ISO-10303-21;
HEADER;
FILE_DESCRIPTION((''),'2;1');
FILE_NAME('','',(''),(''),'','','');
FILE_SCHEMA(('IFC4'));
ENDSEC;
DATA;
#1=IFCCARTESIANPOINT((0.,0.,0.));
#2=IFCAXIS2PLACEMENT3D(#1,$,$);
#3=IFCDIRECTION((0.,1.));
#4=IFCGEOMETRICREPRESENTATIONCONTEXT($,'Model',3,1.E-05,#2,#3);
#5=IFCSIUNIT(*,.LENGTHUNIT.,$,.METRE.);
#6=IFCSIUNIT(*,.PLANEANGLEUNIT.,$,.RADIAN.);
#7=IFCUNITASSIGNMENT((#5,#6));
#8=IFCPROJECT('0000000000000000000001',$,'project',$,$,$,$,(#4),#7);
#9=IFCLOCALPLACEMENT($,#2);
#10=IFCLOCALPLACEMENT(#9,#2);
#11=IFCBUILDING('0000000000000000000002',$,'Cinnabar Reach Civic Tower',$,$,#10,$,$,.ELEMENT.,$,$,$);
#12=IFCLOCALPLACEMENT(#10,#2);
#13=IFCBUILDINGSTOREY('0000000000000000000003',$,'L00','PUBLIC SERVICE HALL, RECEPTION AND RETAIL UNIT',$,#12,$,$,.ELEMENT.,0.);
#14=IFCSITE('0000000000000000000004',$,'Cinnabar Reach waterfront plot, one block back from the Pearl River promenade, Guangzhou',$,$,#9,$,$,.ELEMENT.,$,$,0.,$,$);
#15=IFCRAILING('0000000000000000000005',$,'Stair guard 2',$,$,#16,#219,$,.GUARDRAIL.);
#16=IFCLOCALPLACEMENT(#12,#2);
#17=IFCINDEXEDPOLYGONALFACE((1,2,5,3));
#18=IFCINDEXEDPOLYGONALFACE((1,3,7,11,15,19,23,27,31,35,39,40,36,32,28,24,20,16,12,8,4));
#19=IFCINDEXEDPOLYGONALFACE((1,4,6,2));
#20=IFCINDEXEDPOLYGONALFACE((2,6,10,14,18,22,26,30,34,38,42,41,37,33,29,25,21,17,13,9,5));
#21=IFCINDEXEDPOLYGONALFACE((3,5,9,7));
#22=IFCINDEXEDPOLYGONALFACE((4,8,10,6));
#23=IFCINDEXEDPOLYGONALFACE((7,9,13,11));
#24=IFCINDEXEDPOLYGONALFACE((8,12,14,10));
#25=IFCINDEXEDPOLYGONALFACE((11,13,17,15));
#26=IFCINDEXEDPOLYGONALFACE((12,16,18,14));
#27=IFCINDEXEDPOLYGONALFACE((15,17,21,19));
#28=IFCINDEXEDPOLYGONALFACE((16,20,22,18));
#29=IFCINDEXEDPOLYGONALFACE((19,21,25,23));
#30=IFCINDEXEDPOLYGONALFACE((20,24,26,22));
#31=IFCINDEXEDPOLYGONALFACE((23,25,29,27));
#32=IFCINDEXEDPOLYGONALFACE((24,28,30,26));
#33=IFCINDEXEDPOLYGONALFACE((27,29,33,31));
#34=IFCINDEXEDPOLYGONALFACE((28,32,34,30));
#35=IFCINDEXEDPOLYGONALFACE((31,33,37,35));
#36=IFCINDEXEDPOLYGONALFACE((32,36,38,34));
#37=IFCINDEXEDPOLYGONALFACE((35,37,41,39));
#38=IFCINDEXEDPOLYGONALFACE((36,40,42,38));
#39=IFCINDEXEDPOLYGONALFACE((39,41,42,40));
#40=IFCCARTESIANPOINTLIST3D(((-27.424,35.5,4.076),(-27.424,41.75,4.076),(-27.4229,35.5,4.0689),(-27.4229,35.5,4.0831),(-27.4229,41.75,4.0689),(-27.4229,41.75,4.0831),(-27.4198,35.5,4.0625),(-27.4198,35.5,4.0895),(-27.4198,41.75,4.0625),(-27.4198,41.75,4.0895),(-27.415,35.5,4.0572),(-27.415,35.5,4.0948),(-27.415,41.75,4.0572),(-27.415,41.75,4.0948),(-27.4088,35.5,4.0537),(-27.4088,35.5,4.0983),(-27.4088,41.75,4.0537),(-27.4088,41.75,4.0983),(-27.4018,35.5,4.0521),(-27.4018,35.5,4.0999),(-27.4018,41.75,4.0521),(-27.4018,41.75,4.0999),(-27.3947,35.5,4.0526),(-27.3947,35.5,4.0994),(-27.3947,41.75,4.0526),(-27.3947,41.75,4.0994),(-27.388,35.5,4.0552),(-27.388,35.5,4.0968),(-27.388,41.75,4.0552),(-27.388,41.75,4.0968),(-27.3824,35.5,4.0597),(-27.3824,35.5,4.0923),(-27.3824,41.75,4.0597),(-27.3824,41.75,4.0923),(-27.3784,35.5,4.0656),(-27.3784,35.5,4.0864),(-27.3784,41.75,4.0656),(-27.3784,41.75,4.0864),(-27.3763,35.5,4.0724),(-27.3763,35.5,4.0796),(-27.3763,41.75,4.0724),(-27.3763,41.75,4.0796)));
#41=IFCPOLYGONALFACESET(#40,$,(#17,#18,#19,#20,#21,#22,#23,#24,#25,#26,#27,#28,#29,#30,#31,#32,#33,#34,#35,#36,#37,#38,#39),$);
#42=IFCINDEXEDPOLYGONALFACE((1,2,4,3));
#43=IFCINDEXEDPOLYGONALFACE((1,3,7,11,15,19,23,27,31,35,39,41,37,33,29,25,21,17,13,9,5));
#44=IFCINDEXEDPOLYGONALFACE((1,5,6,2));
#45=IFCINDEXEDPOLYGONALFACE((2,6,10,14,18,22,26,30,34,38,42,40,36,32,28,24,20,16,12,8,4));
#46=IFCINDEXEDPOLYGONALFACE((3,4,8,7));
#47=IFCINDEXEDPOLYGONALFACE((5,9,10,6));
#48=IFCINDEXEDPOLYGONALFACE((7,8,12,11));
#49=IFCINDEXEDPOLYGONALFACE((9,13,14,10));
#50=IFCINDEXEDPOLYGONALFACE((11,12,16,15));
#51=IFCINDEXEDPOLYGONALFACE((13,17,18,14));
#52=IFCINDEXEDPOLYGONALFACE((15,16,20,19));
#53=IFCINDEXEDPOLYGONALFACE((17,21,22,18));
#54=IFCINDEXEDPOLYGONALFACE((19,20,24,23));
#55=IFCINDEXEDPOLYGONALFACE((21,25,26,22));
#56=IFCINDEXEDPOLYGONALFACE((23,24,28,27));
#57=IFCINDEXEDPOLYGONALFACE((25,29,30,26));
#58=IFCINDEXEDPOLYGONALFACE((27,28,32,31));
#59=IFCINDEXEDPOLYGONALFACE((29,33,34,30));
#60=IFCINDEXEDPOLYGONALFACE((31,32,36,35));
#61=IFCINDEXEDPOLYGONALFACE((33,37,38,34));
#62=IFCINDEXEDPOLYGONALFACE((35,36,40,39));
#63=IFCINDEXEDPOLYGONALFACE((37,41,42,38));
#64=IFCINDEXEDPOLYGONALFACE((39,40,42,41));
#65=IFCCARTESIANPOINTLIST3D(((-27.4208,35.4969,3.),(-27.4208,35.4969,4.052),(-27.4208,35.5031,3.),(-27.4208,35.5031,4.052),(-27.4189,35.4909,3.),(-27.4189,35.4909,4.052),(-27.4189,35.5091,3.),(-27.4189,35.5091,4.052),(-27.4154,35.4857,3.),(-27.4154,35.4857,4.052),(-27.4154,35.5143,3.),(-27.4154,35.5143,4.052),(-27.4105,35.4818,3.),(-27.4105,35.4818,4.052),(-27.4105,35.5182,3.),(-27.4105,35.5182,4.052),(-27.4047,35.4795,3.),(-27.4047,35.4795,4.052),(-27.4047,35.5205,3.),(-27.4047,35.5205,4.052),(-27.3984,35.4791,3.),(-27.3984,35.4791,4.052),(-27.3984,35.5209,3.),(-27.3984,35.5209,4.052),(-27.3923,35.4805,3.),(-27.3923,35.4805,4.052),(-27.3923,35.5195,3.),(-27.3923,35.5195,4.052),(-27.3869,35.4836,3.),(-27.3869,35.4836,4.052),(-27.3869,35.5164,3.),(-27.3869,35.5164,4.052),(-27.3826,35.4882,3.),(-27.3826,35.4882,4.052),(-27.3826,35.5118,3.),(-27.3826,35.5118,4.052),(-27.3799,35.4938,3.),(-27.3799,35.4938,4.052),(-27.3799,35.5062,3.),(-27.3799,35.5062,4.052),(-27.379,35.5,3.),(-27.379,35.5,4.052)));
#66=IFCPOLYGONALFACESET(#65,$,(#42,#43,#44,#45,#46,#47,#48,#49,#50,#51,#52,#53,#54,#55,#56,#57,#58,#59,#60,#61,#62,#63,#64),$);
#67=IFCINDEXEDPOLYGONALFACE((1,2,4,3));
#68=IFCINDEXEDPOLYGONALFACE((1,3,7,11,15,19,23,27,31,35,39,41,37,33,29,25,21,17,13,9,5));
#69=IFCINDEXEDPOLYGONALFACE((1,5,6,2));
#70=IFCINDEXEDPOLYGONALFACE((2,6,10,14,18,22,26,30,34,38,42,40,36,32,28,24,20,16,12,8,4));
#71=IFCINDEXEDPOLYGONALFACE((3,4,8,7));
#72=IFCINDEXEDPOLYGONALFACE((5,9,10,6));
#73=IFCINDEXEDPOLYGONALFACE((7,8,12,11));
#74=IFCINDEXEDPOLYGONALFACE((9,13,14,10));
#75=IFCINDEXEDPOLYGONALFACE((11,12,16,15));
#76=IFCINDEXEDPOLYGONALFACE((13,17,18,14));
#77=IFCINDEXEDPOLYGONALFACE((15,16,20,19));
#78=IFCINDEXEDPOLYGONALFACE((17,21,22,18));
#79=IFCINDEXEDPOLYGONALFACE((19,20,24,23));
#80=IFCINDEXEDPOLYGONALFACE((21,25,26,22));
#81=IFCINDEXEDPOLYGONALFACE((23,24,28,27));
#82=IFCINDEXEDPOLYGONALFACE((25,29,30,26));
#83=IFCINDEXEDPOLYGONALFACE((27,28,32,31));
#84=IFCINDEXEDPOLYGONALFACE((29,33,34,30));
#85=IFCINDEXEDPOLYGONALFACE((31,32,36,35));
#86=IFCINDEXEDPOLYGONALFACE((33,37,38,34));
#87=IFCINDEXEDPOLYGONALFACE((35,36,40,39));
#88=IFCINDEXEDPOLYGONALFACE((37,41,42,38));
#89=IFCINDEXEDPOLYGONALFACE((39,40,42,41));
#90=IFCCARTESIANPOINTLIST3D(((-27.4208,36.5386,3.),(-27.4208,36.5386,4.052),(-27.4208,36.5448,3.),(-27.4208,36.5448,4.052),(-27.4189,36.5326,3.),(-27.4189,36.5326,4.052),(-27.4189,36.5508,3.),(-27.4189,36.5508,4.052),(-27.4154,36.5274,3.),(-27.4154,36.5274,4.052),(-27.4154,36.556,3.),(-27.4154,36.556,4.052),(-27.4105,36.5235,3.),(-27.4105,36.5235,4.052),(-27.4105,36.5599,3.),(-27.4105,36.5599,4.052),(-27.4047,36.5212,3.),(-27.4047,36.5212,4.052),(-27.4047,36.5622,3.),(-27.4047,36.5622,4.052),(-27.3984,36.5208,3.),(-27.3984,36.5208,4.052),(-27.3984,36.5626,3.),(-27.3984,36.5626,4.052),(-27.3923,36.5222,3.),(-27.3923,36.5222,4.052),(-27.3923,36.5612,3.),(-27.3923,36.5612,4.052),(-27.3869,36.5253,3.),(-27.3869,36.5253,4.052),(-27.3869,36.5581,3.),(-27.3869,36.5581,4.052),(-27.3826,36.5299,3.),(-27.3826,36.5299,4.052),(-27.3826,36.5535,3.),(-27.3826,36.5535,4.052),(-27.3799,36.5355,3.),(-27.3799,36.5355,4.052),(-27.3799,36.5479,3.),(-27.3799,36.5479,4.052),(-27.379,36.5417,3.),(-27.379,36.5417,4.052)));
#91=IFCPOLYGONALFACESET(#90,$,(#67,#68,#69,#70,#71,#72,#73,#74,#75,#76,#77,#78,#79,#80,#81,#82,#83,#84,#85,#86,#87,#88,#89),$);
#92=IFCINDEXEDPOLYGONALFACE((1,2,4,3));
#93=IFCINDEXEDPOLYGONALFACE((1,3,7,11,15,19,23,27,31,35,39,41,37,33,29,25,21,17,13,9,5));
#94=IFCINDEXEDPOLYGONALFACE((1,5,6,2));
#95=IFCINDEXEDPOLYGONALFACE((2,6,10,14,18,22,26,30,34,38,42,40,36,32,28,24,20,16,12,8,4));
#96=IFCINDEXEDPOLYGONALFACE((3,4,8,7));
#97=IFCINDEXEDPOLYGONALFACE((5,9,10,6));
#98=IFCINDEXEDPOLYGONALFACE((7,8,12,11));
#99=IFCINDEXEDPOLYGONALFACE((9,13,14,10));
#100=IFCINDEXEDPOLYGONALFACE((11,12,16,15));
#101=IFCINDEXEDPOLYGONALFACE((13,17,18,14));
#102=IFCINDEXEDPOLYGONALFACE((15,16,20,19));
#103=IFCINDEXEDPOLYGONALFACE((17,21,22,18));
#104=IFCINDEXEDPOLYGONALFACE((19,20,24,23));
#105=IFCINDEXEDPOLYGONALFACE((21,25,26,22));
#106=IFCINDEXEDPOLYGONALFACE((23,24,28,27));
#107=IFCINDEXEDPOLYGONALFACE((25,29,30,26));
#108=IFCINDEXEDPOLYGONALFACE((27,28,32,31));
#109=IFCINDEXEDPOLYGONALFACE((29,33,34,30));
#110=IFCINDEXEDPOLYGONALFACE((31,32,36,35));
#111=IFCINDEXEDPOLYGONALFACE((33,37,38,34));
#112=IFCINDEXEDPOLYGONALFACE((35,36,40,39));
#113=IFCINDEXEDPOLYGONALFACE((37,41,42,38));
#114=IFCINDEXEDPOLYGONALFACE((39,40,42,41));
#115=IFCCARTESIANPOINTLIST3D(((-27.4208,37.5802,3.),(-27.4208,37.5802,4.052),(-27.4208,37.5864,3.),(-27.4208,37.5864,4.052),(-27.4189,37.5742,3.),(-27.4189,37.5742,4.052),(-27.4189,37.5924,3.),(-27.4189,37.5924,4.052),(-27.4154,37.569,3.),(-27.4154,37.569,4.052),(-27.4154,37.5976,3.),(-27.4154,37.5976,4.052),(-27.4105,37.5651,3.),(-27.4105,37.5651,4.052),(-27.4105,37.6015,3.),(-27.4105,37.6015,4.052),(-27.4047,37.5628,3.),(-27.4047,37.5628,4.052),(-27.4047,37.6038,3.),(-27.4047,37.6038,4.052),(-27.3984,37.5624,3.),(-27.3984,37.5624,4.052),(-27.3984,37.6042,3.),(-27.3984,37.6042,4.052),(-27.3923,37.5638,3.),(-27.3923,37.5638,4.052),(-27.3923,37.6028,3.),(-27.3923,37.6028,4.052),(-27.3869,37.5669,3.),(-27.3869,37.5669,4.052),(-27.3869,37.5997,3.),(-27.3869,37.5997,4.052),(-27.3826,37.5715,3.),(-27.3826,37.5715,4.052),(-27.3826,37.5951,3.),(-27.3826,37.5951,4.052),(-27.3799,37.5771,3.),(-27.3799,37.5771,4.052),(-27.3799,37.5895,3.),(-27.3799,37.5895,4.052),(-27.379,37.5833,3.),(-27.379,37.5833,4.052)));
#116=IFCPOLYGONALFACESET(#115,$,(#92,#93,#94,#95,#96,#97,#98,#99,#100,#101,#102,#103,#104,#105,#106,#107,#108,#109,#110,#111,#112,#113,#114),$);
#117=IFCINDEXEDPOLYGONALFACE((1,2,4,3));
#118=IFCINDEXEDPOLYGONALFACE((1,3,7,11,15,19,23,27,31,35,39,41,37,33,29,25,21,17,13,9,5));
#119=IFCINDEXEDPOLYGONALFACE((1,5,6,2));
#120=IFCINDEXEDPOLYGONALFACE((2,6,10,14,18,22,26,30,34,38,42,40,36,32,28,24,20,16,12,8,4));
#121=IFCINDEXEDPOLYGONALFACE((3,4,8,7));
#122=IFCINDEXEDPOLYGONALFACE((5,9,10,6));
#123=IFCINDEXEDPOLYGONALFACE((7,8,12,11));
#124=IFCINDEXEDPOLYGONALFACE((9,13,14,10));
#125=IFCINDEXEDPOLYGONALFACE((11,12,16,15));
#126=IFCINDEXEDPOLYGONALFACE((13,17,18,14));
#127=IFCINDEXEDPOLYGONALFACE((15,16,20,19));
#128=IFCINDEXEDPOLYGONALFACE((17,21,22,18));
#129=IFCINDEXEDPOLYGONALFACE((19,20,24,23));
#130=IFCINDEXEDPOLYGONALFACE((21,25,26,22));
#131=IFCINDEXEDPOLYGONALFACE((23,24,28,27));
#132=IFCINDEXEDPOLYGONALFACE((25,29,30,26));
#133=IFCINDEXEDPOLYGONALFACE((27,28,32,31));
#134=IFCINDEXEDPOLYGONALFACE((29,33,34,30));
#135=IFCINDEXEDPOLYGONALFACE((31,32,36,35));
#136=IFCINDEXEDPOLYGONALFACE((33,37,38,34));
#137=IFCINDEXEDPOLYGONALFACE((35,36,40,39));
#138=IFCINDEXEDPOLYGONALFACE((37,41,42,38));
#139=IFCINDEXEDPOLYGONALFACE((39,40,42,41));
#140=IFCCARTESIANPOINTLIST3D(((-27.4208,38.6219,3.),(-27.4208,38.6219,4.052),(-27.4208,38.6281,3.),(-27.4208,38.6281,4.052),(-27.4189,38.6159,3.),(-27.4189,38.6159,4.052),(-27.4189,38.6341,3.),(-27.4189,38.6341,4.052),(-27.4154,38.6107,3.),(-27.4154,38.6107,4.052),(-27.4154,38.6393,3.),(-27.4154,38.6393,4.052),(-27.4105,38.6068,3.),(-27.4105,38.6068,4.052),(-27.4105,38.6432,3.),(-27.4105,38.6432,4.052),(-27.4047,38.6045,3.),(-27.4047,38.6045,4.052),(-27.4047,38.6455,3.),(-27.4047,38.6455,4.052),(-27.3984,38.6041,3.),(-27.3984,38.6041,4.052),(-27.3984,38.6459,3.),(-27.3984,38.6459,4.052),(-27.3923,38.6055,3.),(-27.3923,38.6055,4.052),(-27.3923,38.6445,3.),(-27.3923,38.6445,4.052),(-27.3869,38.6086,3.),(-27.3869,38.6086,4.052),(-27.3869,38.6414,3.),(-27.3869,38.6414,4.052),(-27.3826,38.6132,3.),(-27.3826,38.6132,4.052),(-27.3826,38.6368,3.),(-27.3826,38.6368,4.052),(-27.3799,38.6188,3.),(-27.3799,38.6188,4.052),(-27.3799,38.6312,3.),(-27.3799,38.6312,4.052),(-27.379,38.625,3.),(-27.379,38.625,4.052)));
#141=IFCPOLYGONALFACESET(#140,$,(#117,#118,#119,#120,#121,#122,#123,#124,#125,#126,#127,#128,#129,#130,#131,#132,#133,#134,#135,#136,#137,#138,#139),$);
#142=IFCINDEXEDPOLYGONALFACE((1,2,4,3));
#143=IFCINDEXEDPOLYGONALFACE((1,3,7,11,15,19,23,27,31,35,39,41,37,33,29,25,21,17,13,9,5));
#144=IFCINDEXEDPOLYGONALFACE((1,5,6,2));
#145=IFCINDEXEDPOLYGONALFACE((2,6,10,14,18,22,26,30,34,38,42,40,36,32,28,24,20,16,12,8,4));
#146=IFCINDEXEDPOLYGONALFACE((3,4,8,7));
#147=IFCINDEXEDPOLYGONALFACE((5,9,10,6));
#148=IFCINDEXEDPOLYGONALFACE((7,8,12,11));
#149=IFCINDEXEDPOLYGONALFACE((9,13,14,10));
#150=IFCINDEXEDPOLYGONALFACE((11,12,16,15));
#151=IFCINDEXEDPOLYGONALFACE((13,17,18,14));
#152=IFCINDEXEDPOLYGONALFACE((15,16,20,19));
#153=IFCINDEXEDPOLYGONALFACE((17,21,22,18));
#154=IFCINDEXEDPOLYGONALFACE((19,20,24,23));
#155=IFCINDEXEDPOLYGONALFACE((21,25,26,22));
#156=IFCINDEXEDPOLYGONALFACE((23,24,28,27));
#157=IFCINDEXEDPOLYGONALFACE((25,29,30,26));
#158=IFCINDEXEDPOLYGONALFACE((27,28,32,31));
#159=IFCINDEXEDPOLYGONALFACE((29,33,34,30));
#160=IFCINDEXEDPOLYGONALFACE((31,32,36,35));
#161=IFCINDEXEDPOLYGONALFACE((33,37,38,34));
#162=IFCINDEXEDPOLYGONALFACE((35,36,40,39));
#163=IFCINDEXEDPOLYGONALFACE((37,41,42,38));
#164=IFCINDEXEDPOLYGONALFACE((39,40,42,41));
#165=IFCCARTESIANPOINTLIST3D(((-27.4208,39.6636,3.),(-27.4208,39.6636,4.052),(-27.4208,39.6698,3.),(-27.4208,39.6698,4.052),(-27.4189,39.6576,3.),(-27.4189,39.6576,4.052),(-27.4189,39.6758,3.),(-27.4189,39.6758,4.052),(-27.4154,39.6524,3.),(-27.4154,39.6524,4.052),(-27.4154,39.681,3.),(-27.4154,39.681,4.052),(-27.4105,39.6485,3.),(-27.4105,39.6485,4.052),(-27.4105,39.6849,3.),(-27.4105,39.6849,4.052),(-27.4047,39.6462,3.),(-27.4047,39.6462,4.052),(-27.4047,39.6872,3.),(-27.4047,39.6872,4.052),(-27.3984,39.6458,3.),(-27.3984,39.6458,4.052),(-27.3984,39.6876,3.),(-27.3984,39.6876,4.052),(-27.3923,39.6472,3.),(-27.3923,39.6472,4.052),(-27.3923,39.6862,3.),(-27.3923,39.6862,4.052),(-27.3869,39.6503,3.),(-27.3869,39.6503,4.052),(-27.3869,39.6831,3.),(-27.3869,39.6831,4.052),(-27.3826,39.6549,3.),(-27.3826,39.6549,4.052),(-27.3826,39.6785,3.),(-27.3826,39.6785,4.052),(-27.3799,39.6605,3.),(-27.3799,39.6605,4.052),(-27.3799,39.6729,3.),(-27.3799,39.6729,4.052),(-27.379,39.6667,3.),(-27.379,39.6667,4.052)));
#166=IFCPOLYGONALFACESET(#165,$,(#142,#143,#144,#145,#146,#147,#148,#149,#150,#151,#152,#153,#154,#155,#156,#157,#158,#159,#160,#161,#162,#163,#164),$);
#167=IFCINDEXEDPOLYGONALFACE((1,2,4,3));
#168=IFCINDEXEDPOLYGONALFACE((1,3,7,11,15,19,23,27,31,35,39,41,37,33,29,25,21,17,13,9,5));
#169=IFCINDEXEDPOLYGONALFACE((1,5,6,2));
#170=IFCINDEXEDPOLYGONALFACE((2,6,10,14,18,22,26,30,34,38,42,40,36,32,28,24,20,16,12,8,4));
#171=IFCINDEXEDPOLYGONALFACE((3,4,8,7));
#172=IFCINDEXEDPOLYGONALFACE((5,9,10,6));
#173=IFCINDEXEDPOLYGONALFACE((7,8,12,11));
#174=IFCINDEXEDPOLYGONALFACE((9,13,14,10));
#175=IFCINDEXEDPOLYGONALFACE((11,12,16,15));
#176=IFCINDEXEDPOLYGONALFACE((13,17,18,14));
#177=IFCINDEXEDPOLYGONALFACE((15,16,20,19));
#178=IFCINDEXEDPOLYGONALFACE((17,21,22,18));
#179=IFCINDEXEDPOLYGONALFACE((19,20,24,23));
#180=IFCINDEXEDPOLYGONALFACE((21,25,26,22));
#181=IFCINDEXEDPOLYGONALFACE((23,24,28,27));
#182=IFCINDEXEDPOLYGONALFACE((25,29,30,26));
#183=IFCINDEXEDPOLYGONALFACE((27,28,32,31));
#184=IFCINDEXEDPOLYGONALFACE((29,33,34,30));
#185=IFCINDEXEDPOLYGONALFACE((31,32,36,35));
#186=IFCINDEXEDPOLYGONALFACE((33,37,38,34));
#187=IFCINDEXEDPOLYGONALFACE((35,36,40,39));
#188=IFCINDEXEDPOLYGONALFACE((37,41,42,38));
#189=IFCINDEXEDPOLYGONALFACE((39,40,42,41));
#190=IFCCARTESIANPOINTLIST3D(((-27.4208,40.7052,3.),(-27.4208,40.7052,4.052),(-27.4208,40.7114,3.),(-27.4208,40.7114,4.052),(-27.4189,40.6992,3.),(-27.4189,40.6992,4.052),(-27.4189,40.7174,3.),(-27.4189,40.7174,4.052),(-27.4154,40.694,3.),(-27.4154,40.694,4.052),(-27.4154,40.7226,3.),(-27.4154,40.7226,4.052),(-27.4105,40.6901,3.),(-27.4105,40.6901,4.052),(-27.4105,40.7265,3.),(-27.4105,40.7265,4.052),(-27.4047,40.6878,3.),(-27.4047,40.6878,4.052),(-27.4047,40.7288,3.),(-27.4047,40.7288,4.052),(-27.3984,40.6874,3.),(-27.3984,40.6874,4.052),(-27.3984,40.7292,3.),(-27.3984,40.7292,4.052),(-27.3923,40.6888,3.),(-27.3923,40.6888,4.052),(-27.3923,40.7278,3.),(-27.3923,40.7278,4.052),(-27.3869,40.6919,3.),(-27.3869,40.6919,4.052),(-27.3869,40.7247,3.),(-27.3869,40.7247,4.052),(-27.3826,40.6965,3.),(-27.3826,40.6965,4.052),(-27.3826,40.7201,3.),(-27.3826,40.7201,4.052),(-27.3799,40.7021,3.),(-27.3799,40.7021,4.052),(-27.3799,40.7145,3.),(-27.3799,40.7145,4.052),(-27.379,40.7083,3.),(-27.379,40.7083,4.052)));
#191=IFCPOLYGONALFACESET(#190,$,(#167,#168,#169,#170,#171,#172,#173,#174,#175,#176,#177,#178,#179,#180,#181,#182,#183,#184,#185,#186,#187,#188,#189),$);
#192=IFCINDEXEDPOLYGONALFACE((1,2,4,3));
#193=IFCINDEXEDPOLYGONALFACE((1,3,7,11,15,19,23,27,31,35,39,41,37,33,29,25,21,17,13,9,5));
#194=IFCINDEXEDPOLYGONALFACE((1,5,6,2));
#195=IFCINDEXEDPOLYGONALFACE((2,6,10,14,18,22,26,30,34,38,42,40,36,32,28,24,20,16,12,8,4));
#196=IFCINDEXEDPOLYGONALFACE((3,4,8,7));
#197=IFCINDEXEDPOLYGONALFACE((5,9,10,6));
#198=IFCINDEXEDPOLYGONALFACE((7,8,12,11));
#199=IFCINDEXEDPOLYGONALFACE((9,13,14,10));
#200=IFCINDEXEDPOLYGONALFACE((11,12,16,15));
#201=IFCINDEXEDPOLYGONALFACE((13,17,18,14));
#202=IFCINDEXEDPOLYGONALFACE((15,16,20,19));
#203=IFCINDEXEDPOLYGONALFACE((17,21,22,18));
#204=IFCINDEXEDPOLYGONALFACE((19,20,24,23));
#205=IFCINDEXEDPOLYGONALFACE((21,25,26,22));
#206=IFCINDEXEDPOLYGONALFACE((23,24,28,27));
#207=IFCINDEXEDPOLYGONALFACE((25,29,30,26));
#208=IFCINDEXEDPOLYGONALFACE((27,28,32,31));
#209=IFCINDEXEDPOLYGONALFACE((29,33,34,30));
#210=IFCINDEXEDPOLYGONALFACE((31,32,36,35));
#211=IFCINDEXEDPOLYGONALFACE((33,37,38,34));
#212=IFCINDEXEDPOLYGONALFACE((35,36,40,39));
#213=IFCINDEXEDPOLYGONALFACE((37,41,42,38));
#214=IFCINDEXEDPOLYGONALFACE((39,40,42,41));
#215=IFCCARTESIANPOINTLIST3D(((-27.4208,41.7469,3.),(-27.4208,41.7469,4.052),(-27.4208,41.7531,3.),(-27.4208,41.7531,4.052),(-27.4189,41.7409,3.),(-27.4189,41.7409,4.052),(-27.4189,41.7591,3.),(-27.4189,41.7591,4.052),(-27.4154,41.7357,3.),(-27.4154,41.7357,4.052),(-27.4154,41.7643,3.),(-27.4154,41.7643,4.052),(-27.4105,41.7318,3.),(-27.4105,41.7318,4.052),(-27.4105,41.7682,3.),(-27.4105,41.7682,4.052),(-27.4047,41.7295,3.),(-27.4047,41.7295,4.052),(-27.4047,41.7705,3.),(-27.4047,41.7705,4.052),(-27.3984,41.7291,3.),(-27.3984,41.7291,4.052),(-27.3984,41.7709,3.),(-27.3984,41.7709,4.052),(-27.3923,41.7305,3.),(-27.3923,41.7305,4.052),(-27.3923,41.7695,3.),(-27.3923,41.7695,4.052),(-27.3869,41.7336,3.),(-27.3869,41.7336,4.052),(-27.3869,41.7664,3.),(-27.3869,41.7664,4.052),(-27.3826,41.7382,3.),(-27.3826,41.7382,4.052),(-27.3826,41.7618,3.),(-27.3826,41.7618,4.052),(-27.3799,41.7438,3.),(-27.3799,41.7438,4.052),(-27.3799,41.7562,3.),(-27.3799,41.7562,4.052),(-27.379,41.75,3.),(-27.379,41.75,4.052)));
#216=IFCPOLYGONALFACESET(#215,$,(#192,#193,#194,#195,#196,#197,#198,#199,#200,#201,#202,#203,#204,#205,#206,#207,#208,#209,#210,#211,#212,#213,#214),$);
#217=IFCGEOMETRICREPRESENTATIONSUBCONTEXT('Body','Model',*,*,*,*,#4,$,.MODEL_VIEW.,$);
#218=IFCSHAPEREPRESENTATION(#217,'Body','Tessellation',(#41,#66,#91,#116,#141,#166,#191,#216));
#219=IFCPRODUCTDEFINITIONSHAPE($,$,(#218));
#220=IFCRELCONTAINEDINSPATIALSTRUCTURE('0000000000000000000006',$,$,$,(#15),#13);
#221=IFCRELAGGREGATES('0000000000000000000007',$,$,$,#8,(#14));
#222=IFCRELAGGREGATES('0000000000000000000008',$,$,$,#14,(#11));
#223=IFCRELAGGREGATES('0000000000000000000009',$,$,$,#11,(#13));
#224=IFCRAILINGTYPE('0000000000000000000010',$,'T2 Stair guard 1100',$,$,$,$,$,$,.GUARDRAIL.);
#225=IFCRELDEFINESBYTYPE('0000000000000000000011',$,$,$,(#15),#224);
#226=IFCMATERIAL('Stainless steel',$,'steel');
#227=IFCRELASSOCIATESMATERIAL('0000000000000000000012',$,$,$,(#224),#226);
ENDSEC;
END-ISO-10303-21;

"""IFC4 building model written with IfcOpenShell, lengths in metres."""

from ifc_helpers import new_model, si_unit, direction, frame, origin, origin_2d, place, context, subcontext, project, spatial, circle, extrude, material, type_object, element, save


model = new_model("IFC4")

# Units and contexts
model_context = context("Model", 3, precision=1e-05, world=origin(), true_north=direction((0.0, 1.0)))
body_context = subcontext(model_context, "Body", "Model", "MODEL_VIEW")
ifc_project = project(units=[si_unit("LENGTHUNIT", "METRE"), si_unit("PLANEANGLEUNIT", "RADIAN")], contexts=[model_context])

# Site, building, storey
site_placement = place(None, origin())
site = spatial("IfcSite", under=ifc_project, at=site_placement, Name="Cinnabar Reach waterfront plot, one block back from the Pearl River promenade, Guangzhou", CompositionType="ELEMENT", RefElevation=0.0)
building_placement = place(site_placement, origin())
building = spatial("IfcBuilding", under=site, at=building_placement, Name="Cinnabar Reach Civic Tower", CompositionType="ELEMENT")
storey_placement = place(building_placement, origin())
storey = spatial("IfcBuildingStorey", under=building, at=storey_placement, Name="L00", Description="PUBLIC SERVICE HALL, RECEPTION AND RETAIL UNIT", CompositionType="ELEMENT", Elevation=0.0)

# Railing
ifc_material_1 = material(Name="Stainless steel", Category="steel")
railing_type = type_object("IfcRailingType", Name="T2 Stair guard 1100", PredefinedType="GUARDRAIL", material=ifc_material_1)
for number, where, name in (
    (1, (-27.4, 35.5, 3.0), "Stair guard 2"),
):
    element("IfcRailing", number, at=place(storey_placement, frame(where)), inside=storey, type_object=railing_type, Name=name, PredefinedType="GUARDRAIL", context=body_context, shape_type="SweptSolid", body=[
        extrude(circle(Radius=0.024, at=origin_2d()), frame((0.0, 0.0, 1.076), z_axis=(0.0, 1.0, 0.0), x_axis=(-1.0, 0.0, 0.0)), (0.0, 0.0, 1.0), 6.25),
        extrude(circle(Radius=0.021, at=origin_2d()), origin(), (0.0, 0.0, 1.0), 1.052),
        extrude(circle(Radius=0.021, at=origin_2d()), frame((0.0, 1.0417, 0.0)), (0.0, 0.0, 1.0), 1.052),
        extrude(circle(Radius=0.021, at=origin_2d()), frame((0.0, 2.0833, 0.0)), (0.0, 0.0, 1.0), 1.052),
        extrude(circle(Radius=0.021, at=origin_2d()), frame((0.0, 3.125, 0.0)), (0.0, 0.0, 1.0), 1.052),
        extrude(circle(Radius=0.021, at=origin_2d()), frame((0.0, 4.1667, 0.0)), (0.0, 0.0, 1.0), 1.052),
        extrude(circle(Radius=0.021, at=origin_2d()), frame((0.0, 5.2083, 0.0)), (0.0, 0.0, 1.0), 1.052),
        extrude(circle(Radius=0.021, at=origin_2d()), frame((0.0, 6.25, 0.0)), (0.0, 0.0, 1.0), 1.052),
    ])

save(model, "model.ifc")
